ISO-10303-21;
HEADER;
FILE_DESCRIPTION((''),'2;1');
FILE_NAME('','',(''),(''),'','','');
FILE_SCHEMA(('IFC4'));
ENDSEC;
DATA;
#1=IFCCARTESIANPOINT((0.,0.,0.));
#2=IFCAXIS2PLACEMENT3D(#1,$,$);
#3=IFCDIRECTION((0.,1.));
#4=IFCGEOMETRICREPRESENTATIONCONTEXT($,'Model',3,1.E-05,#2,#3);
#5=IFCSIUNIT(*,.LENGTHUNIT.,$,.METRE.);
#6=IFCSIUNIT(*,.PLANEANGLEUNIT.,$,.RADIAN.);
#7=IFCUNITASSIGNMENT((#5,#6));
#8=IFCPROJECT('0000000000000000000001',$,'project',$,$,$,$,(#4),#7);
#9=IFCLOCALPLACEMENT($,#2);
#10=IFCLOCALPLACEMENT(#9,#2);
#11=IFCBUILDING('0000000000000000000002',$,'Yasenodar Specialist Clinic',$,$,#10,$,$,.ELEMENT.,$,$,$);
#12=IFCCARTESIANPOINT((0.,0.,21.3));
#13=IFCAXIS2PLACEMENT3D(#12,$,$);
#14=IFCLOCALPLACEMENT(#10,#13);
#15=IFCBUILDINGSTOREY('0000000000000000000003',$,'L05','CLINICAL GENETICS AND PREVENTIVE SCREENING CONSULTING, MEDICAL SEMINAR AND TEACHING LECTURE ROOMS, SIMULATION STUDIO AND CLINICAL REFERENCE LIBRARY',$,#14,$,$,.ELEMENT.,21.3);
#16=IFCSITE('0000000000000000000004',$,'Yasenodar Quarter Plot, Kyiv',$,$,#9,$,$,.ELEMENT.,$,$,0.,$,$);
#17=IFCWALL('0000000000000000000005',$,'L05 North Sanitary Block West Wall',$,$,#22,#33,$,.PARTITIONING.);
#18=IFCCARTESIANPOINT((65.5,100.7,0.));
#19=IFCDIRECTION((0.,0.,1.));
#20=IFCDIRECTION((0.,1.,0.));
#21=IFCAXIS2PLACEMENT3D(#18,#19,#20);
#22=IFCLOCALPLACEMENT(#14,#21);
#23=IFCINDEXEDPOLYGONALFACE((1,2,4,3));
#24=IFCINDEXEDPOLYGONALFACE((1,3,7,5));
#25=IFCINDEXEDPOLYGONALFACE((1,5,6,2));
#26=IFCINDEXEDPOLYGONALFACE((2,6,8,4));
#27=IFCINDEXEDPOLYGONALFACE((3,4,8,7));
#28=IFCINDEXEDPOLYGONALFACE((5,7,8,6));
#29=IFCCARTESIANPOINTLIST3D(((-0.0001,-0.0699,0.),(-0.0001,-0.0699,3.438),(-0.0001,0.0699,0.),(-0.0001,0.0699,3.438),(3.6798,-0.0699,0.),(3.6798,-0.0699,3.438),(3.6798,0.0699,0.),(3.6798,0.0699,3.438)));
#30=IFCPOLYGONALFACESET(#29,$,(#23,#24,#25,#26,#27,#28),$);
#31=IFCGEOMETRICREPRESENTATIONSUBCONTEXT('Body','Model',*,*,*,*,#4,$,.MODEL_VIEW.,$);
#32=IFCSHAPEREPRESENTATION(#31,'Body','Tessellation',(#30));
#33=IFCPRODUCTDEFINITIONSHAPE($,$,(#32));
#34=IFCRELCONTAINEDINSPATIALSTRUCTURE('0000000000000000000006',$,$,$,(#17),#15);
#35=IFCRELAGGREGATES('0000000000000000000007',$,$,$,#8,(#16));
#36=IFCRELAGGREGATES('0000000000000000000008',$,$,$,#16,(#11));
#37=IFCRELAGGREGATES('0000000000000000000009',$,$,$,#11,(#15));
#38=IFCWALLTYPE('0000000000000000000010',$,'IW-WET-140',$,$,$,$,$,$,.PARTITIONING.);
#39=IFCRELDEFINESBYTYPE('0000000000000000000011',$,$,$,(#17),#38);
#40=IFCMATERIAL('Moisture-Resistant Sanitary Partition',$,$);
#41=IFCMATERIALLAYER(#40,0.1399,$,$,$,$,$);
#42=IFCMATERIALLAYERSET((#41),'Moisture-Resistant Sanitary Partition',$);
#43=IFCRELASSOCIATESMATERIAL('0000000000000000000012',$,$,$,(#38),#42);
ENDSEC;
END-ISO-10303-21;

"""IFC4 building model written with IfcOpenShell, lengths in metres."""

from ifc_helpers import new_model, si_unit, direction, frame, frame_2d, origin, place, context, subcontext, project, spatial, rectangle, extrude, material, layer, layer_set, type_object, element, save


model = new_model("IFC4")

# Units and contexts
model_context = context("Model", 3, precision=1e-05, world=origin(), true_north=direction((0.0, 1.0)))
body_context = subcontext(model_context, "Body", "Model", "MODEL_VIEW")
ifc_project = project(units=[si_unit("LENGTHUNIT", "METRE"), si_unit("PLANEANGLEUNIT", "RADIAN")], contexts=[model_context])

# Site, building, storey
site_placement = place(None, origin())
site = spatial("IfcSite", under=ifc_project, at=site_placement, Name="Yasenodar Quarter Plot, Kyiv", CompositionType="ELEMENT", RefElevation=0.0)
building_placement = place(site_placement, origin())
building = spatial("IfcBuilding", under=site, at=building_placement, Name="Yasenodar Specialist Clinic", CompositionType="ELEMENT")
storey_placement = place(building_placement, frame((0.0, 0.0, 21.3)))
storey = spatial("IfcBuildingStorey", under=building, at=storey_placement, Name="L05", Description="CLINICAL GENETICS AND PREVENTIVE SCREENING CONSULTING, MEDICAL SEMINAR AND TEACHING LECTURE ROOMS, SIMULATION STUDIO AND CLINICAL REFERENCE LIBRARY", CompositionType="ELEMENT", Elevation=21.3)

# Wall
ifc_material_1 = material(Name="Moisture-Resistant Sanitary Partition")
ifc_layer_1 = layer(ifc_material_1, 0.1399)
ifc_layer_set_1 = layer_set([ifc_layer_1], Name="Moisture-Resistant Sanitary Partition")
wall_type_1 = type_object("IfcWallType", Name="IW-WET-140", PredefinedType="PARTITIONING", material=ifc_layer_set_1)
wall_1_placement = place(storey_placement, frame((65.5, 100.7, 0.0), z_axis=(0.0, 0.0, 1.0), x_axis=(0.0, 1.0, 0.0)))
element("IfcWall", 1, at=wall_1_placement, inside=storey, type_object=wall_type_1, Name="L05 North Sanitary Block West Wall", PredefinedType="PARTITIONING", context=body_context, shape_type="SweptSolid", body=[
    extrude(rectangle(XDim=3.6799, YDim=0.1399, at=frame_2d((1.8398, 0.0))), origin(), (0.0, 0.0, 1.0), 3.438),
])

save(model, "model.ifc")
